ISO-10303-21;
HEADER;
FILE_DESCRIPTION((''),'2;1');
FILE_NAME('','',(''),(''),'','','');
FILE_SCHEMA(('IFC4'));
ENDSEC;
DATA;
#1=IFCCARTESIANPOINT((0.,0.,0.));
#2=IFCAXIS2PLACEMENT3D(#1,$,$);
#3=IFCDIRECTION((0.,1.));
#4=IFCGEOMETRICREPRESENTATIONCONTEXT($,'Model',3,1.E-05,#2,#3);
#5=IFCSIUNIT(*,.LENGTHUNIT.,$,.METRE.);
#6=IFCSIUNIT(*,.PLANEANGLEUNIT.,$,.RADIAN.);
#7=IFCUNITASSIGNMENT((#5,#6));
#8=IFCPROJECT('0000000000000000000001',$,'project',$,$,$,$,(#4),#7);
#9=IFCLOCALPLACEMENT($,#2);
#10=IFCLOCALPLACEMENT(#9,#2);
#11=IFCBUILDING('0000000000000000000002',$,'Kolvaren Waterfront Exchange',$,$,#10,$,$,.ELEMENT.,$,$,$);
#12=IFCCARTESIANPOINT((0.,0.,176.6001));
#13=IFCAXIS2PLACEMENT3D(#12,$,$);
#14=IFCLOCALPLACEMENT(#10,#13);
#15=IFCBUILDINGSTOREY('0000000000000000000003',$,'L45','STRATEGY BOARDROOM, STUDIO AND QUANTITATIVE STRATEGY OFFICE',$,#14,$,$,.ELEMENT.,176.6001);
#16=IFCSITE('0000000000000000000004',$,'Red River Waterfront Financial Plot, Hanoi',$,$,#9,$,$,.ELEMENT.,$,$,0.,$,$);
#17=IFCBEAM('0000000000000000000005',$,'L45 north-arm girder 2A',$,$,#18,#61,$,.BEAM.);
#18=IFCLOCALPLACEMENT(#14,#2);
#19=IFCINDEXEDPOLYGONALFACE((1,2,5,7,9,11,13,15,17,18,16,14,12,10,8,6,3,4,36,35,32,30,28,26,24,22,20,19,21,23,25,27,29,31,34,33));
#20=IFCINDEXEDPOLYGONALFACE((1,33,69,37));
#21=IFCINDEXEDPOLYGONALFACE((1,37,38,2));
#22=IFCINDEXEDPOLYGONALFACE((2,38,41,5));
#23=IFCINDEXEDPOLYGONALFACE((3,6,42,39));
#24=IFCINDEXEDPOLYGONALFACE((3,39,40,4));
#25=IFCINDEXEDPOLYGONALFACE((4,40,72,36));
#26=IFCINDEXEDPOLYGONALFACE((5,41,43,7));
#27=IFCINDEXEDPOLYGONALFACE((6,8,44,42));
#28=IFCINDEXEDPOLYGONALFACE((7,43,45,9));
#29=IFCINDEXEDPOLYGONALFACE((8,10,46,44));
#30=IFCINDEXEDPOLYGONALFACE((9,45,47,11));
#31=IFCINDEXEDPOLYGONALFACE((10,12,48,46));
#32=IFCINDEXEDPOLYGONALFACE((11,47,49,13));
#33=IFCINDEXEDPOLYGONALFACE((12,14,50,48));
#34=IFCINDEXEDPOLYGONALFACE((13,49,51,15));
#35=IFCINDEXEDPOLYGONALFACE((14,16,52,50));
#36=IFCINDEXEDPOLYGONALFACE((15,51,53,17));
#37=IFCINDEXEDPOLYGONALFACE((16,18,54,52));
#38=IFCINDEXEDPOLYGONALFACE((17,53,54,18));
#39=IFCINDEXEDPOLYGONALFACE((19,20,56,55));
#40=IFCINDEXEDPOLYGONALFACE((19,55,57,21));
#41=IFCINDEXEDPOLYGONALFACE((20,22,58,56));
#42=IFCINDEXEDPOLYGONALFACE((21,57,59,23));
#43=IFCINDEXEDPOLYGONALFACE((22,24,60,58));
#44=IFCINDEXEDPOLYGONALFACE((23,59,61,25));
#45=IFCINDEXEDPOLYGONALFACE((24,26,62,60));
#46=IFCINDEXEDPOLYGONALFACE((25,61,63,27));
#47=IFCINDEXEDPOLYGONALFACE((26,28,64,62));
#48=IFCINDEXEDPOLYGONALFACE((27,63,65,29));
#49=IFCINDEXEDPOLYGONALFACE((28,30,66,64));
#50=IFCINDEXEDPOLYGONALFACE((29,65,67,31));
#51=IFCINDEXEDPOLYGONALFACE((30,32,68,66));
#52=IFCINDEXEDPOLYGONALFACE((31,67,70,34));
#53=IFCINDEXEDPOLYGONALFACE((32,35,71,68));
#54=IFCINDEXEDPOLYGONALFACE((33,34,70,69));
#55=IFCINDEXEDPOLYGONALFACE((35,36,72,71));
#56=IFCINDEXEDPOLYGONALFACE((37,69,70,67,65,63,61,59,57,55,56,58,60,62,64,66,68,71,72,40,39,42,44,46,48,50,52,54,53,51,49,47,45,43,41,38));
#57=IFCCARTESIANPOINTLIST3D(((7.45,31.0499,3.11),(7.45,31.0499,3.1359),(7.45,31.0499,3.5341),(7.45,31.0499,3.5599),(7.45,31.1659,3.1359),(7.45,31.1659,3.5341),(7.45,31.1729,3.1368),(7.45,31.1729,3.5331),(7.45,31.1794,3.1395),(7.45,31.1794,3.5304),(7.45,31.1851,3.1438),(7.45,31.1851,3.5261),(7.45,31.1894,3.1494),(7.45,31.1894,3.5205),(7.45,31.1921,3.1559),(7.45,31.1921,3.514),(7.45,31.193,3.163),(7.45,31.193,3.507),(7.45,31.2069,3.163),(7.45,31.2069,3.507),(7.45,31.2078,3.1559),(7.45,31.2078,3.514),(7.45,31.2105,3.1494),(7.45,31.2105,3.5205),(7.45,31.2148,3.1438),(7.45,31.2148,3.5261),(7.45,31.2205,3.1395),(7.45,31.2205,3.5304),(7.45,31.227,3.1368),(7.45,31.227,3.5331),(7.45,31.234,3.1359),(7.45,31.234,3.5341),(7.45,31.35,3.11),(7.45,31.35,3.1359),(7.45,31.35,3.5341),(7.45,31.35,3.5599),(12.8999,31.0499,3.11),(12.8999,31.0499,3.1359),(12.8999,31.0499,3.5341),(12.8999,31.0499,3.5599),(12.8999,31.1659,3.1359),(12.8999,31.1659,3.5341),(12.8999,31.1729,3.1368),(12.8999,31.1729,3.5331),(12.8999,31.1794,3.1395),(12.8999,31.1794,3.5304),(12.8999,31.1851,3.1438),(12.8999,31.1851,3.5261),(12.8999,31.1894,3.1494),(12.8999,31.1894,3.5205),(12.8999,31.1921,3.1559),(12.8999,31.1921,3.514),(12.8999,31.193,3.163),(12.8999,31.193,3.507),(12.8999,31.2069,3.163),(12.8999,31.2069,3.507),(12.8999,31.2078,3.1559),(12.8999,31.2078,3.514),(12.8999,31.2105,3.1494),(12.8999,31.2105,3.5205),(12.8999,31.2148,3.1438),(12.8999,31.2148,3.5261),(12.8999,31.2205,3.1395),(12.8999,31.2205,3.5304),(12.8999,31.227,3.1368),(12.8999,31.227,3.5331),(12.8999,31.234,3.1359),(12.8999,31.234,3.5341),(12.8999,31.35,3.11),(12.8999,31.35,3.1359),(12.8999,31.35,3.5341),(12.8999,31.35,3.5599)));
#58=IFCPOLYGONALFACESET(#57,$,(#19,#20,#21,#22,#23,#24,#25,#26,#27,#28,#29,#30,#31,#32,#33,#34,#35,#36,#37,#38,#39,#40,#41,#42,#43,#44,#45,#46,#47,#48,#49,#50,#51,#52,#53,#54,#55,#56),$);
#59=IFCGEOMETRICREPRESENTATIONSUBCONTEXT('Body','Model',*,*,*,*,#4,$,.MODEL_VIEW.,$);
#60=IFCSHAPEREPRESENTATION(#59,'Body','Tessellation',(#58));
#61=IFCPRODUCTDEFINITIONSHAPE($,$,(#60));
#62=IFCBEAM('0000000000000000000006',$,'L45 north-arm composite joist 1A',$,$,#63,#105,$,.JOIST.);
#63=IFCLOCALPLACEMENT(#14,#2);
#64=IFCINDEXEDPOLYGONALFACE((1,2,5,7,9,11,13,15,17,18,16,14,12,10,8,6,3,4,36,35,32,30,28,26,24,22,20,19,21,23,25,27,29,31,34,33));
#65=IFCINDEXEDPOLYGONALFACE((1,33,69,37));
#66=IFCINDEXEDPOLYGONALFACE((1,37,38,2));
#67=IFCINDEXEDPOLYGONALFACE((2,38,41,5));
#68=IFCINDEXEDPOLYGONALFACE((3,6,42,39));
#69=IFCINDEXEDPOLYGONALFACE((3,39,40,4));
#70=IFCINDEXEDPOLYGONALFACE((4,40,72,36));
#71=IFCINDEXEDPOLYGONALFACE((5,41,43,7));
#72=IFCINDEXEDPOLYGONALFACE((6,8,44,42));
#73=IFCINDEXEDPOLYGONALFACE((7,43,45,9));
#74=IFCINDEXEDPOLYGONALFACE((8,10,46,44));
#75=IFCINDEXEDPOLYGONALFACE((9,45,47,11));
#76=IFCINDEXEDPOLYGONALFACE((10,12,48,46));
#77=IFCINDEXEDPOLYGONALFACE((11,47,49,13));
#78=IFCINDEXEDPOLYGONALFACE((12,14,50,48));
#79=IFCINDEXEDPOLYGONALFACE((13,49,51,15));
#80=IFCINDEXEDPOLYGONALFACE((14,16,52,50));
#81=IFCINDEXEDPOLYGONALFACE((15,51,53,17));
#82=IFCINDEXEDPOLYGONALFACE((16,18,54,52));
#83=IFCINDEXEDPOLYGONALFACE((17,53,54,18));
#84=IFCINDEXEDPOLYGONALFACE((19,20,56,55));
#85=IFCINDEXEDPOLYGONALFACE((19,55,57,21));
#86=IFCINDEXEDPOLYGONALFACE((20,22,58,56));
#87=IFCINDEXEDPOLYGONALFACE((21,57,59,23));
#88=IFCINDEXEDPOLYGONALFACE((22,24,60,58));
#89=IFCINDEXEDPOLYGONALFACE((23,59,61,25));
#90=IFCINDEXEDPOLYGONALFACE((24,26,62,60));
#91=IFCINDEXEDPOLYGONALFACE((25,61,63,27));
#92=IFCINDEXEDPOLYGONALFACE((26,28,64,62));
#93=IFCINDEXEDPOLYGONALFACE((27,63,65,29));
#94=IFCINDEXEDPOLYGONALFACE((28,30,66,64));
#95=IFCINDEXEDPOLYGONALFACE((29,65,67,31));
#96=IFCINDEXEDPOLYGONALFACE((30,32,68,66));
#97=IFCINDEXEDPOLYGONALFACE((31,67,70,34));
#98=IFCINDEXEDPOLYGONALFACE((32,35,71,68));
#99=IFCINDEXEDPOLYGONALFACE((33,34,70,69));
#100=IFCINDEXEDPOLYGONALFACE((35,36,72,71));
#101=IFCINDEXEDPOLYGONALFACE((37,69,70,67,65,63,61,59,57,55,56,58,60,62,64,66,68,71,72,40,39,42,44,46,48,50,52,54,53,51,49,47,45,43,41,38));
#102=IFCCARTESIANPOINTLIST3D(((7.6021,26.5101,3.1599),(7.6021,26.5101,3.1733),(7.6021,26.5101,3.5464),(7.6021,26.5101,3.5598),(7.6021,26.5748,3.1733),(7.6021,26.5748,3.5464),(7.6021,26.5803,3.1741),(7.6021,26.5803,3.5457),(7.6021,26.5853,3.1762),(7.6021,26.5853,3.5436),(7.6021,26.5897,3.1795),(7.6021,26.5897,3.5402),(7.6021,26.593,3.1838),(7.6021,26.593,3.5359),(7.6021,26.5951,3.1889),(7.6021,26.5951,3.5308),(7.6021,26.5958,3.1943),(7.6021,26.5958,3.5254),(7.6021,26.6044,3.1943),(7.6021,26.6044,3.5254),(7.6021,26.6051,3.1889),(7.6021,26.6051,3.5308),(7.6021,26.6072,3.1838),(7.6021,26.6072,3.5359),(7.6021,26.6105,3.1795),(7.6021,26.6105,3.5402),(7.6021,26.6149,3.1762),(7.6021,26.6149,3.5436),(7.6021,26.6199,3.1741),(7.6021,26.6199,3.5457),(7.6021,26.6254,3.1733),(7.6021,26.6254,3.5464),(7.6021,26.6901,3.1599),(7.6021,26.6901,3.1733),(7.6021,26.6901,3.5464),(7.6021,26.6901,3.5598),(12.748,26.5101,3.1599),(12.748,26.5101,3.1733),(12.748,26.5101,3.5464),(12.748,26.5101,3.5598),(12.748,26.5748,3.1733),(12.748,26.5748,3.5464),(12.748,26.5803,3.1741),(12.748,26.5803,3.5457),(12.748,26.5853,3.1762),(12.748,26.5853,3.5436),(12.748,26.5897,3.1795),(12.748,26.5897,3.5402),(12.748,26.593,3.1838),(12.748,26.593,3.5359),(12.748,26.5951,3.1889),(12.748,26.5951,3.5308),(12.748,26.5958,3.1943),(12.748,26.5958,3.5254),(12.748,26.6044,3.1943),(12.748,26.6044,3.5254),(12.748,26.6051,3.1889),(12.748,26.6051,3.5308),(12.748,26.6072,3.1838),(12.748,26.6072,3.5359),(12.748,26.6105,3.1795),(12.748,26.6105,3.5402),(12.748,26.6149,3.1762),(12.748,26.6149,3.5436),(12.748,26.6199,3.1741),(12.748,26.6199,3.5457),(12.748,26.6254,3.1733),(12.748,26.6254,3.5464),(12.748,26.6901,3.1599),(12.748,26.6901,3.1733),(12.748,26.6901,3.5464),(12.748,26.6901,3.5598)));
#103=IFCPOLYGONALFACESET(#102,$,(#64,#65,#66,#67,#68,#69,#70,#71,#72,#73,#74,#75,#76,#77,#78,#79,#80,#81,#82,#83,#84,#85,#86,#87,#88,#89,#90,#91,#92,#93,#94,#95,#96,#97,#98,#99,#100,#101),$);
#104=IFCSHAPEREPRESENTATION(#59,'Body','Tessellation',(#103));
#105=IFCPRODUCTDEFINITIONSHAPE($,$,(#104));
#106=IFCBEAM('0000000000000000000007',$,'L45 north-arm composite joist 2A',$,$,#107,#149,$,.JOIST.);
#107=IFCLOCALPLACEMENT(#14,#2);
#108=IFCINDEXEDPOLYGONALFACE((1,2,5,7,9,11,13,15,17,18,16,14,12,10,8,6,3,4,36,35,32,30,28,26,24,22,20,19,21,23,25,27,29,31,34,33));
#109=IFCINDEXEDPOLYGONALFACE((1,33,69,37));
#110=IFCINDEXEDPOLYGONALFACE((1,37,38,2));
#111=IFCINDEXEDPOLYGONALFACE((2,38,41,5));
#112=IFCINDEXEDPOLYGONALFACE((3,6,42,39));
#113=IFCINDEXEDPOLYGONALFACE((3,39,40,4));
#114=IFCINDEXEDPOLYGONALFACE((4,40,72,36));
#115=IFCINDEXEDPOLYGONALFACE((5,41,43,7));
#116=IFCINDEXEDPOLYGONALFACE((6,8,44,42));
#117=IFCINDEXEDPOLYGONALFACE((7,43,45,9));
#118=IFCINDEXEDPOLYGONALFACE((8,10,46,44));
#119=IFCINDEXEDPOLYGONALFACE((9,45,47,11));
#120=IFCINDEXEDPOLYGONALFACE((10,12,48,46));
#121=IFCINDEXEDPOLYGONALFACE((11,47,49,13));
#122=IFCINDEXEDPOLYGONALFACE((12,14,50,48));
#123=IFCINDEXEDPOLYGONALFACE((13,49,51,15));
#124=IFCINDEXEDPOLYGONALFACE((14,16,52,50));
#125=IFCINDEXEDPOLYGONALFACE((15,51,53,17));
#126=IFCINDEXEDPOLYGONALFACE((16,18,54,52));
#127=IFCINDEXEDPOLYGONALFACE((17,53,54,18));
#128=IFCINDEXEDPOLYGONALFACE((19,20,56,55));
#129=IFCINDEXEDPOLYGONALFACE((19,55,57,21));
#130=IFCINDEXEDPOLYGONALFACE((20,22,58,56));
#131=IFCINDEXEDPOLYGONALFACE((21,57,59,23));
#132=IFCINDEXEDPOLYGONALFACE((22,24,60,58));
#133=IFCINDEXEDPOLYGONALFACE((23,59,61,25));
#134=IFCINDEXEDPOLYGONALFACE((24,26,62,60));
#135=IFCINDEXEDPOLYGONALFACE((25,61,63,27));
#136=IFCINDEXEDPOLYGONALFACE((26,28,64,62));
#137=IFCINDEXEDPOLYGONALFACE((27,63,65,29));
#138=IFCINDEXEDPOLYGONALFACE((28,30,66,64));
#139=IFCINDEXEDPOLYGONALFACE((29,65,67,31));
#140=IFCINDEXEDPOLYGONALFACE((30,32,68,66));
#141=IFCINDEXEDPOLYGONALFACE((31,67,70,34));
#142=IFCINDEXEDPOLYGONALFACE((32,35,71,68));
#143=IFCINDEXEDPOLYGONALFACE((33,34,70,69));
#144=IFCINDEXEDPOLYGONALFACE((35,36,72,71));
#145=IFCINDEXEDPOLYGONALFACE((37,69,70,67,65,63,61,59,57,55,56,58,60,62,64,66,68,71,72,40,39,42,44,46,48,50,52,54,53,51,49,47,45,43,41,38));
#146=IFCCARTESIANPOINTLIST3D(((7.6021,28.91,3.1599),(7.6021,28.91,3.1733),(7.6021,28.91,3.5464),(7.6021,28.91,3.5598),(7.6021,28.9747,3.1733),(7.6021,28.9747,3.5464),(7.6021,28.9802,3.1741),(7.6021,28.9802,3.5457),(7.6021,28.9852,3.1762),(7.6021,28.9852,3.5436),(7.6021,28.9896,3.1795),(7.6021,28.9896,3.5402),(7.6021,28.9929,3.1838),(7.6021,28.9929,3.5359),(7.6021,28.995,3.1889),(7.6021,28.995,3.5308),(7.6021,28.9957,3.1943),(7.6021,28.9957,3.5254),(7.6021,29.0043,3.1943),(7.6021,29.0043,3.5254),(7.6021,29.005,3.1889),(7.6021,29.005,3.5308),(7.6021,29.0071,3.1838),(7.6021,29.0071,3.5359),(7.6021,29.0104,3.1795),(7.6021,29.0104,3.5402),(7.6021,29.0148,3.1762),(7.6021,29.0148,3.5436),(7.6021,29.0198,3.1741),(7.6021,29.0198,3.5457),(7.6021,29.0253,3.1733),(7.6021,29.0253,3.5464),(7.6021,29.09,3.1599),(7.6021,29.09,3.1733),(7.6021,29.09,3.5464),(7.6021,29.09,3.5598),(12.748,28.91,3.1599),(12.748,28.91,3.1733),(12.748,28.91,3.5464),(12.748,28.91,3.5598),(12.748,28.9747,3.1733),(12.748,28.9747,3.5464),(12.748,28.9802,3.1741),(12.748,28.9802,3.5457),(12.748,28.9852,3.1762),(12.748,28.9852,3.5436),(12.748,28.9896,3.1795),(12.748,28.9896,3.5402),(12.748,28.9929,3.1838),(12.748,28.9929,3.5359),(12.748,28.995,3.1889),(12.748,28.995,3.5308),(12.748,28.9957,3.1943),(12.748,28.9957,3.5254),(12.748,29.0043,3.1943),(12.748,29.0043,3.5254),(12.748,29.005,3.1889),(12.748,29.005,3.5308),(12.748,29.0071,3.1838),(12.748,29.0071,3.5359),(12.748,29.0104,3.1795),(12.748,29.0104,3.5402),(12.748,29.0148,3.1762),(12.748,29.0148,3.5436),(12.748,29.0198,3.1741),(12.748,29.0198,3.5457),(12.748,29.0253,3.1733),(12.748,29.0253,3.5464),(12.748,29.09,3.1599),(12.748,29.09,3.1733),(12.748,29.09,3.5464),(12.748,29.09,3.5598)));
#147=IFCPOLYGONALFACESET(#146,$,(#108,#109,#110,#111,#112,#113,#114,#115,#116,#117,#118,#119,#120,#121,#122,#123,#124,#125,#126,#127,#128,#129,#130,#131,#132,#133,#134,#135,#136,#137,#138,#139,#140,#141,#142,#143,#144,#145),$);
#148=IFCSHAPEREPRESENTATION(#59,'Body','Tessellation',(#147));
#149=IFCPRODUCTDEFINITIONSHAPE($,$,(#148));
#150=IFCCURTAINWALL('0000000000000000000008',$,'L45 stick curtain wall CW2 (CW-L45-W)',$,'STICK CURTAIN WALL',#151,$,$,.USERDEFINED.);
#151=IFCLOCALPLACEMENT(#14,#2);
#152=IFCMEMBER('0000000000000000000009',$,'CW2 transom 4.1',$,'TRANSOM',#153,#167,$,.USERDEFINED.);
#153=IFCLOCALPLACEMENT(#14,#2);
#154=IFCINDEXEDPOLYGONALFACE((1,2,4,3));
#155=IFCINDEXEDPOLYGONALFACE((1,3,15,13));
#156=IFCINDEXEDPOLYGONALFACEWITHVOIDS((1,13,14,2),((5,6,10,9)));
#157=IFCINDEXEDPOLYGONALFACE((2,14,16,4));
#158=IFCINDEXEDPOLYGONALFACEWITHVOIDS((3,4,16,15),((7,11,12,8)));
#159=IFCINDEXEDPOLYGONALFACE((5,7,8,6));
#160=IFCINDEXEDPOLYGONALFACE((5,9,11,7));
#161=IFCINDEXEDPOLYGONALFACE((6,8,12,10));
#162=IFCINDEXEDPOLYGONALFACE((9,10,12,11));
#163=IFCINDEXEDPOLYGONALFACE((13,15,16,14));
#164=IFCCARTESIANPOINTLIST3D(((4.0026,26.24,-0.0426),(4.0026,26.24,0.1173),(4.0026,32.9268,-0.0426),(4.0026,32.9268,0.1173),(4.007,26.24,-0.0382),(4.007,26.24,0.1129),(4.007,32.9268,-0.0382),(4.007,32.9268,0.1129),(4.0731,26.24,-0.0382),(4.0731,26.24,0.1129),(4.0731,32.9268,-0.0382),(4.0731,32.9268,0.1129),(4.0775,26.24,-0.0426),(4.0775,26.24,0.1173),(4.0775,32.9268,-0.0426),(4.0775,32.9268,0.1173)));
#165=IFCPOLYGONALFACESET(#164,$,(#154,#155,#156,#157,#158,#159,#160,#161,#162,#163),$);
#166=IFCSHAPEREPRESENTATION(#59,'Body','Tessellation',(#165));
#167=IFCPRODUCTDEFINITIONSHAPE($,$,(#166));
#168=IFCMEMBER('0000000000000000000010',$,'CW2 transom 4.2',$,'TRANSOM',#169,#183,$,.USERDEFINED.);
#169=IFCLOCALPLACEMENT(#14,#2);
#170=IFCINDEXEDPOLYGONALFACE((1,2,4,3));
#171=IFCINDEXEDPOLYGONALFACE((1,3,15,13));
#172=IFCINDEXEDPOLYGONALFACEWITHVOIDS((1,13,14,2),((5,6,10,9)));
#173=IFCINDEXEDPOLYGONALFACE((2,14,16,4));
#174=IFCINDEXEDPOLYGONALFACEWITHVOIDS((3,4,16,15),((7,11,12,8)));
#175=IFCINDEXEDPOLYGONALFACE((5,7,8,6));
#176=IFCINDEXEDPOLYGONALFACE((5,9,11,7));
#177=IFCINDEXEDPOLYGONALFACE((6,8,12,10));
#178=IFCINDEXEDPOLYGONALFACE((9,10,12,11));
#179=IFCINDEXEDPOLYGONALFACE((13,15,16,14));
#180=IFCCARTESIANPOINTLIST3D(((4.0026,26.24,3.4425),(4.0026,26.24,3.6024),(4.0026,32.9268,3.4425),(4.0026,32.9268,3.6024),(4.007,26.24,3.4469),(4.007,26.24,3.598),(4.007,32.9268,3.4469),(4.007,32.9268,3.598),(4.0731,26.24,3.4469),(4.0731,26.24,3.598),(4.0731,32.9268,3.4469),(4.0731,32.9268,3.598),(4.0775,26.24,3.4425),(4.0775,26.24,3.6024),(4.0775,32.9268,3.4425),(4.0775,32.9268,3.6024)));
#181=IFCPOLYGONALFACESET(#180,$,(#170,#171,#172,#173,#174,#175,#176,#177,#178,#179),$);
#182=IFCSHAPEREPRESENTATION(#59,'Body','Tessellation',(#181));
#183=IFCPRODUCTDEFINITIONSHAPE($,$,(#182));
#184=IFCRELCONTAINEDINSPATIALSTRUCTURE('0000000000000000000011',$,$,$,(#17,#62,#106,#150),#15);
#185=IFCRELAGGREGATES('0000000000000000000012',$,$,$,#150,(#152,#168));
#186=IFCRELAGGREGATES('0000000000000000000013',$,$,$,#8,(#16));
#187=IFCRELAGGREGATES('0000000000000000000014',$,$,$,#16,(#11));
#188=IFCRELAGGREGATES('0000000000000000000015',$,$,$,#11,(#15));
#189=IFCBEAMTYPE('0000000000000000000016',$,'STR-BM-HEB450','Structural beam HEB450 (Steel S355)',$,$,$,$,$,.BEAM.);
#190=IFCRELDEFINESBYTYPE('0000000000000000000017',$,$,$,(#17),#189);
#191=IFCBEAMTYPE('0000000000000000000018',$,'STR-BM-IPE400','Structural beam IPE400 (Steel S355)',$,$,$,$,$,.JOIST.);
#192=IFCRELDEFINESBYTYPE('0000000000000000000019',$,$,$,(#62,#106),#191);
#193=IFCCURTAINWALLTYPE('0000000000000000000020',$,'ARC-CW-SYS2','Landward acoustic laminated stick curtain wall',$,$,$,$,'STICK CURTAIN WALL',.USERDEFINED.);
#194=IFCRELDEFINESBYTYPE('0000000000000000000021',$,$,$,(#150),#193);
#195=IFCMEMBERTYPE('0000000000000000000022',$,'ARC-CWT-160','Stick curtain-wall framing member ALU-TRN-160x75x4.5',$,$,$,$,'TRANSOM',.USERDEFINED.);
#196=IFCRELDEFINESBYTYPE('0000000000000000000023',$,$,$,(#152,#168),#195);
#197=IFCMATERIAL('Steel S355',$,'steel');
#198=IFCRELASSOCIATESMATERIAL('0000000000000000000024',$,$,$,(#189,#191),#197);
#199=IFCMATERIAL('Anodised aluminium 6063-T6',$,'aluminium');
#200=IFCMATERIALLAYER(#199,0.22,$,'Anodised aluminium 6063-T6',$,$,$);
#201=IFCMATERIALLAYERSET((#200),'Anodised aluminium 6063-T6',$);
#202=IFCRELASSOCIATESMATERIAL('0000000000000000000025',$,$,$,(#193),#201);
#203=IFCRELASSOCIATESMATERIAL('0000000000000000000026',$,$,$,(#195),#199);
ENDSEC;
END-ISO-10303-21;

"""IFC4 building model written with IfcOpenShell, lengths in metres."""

from ifc_helpers import new_model, si_unit, direction, frame, origin, origin_with_axes, origin_2d, place, context, subcontext, project, spatial, hollow_rectangle, i_section, extrude, source, transform, mapped, material, layer, layer_set, material_profile, profile_set, type_object, element, aggregate, save


model = new_model("IFC4")

# Units and contexts
model_context = context("Model", 3, precision=1e-05, world=origin(), true_north=direction((0.0, 1.0)))
body_context = subcontext(model_context, "Body", "Model", "MODEL_VIEW")
ifc_project = project(units=[si_unit("LENGTHUNIT", "METRE"), si_unit("PLANEANGLEUNIT", "RADIAN")], contexts=[model_context])

# Site, building, storey
site_placement = place(None, origin())
site = spatial("IfcSite", under=ifc_project, at=site_placement, Name="Red River Waterfront Financial Plot, Hanoi", CompositionType="ELEMENT", RefElevation=0.0)
building_placement = place(site_placement, origin())
building = spatial("IfcBuilding", under=site, at=building_placement, Name="Kolvaren Waterfront Exchange", CompositionType="ELEMENT")
storey_placement = place(building_placement, frame((0.0, 0.0, 176.6001)))
storey = spatial("IfcBuildingStorey", under=building, at=storey_placement, Name="L45", Description="STRATEGY BOARDROOM, STUDIO AND QUANTITATIVE STRATEGY OFFICE", CompositionType="ELEMENT", Elevation=176.6001)

# Beams
ifc_material_1 = material(Name="Steel S355", Category="steel")
ifc_material_profile_1 = material_profile(ifc_material_1, i_section(OverallWidth=0.3, OverallDepth=0.45, WebThickness=0.0139, FlangeThickness=0.0259, FilletRadius=0.0271, at=origin_2d()), Name="HEB450")
ifc_profile_set_1 = profile_set([ifc_material_profile_1], Name="Steel S355")
beam_type_1 = type_object("IfcBeamType", Name="STR-BM-HEB450", Description="Structural beam HEB450 (Steel S355)", PredefinedType="BEAM", material=ifc_profile_set_1)
for number, where, z_axis, x_axis, name in (
    (1, (7.45, 31.2, 3.335), (1.0, 0.0, 0.0), (0.0, 1.0, 0.0), "L45 north-arm girder 2A"),
):
    element("IfcBeam", number, at=place(storey_placement, frame(where, z_axis=z_axis, x_axis=x_axis)), inside=storey, type_object=beam_type_1, Name=name, PredefinedType="BEAM", context=body_context, shape_type="SweptSolid", body=[
        extrude(i_section(OverallWidth=0.3, OverallDepth=0.45, WebThickness=0.0139, FlangeThickness=0.0259, FilletRadius=0.0271, at=origin_2d()), origin(), (0.0, 0.0, 1.0), 5.45),
    ])
ifc_material_profile_2 = material_profile(ifc_material_1, i_section(OverallWidth=0.1799, OverallDepth=0.3999, WebThickness=0.0085, FlangeThickness=0.0134, FilletRadius=0.021, at=origin_2d()), Name="IPE400")
ifc_profile_set_2 = profile_set([ifc_material_profile_2], Name="Steel S355")
beam_type_2 = type_object("IfcBeamType", Name="STR-BM-IPE400", Description="Structural beam IPE400 (Steel S355)", PredefinedType="JOIST", material=ifc_profile_set_2)
for number, where, z_axis, x_axis, name in (
    (2, (7.6021, 26.6001, 3.3599), (1.0, 0.0, 0.0), (0.0, 1.0, 0.0), "L45 north-arm composite joist 1A"),
    (3, (7.6021, 29.0, 3.3599), (1.0, 0.0, 0.0), (0.0, 1.0, 0.0), "L45 north-arm composite joist 2A"),
):
    element("IfcBeam", number, at=place(storey_placement, frame(where, z_axis=z_axis, x_axis=x_axis)), inside=storey, type_object=beam_type_2, Name=name, PredefinedType="JOIST", context=body_context, shape_type="SweptSolid", body=[
        extrude(i_section(OverallWidth=0.1799, OverallDepth=0.3999, WebThickness=0.0085, FlangeThickness=0.0134, FilletRadius=0.021, at=origin_2d()), origin(), (0.0, 0.0, 1.0), 5.146),
    ])

# Curtain wall, members
ifc_material_2 = material(Name="Anodised aluminium 6063-T6", Category="aluminium")
ifc_layer_1 = layer(ifc_material_2, 0.22, Name="Anodised aluminium 6063-T6")
ifc_layer_set_1 = layer_set([ifc_layer_1], Name="Anodised aluminium 6063-T6")
curtain_wall_type = type_object("IfcCurtainWallType", Name="ARC-CW-SYS2", Description="Landward acoustic laminated stick curtain wall", ElementType="STICK CURTAIN WALL", PredefinedType="USERDEFINED", material=ifc_layer_set_1)
curtain_wall_placement = place(storey_placement, origin())
curtain_wall = element("IfcCurtainWall", 4, at=curtain_wall_placement, inside=storey, type_object=curtain_wall_type, Name="L45 stick curtain wall CW2 (CW-L45-W)", ObjectType="STICK CURTAIN WALL", PredefinedType="USERDEFINED")
ifc_material_profile_3 = material_profile(ifc_material_2, hollow_rectangle(XDim=0.075, YDim=0.1599, WallThickness=0.0044, at=origin_2d()), Name="ALU-TRN-160x75x4.5")
ifc_profile_set_3 = profile_set([ifc_material_profile_3], Name="Anodised aluminium 6063-T6")
member_type_1 = type_object("IfcMemberType", Name="ARC-CWT-160", Description="Stick curtain-wall framing member ALU-TRN-160x75x4.5", ElementType="TRANSOM", PredefinedType="USERDEFINED", material=ifc_profile_set_3)
shared_shape_1 = source(origin_with_axes(), body_context, "Body", "SweptSolid", [
    extrude(hollow_rectangle(XDim=0.075, YDim=0.1599, WallThickness=0.0044, at=origin_2d()), origin(), (0.0, 0.0, 1.0), 6.6868),
])
member_1_placement = place(storey_placement, frame((4.04, 26.24, 0.0374), z_axis=(0.0, 1.0, 0.0), x_axis=(-1.0, 0.0, 0.0)))
member_1 = element("IfcMember", 5, at=member_1_placement, type_object=member_type_1, Name="CW2 transom 4.1", ObjectType="TRANSOM", PredefinedType="USERDEFINED", context=body_context, shape_type="MappedRepresentation", body=[
    mapped(shared_shape_1, transform((0.0, 0.0, 0.0), x_axis=(1.0, 0.0, 0.0), y_axis=(0.0, 1.0, 0.0), z_axis=(0.0, 0.0, 1.0), scale=1.0)),
])
member_2_placement = place(storey_placement, frame((4.04, 26.24, 3.5225), z_axis=(0.0, 1.0, 0.0), x_axis=(-1.0, 0.0, 0.0)))
member_2 = element("IfcMember", 6, at=member_2_placement, type_object=member_type_1, Name="CW2 transom 4.2", ObjectType="TRANSOM", PredefinedType="USERDEFINED", context=body_context, shape_type="MappedRepresentation", body=[
    mapped(shared_shape_1, transform((0.0, 0.0, 0.0), x_axis=(1.0, 0.0, 0.0), y_axis=(0.0, 1.0, 0.0), z_axis=(0.0, 0.0, 1.0), scale=1.0)),
])
aggregate(curtain_wall, [member_1, member_2])

save(model, "model.ifc")
